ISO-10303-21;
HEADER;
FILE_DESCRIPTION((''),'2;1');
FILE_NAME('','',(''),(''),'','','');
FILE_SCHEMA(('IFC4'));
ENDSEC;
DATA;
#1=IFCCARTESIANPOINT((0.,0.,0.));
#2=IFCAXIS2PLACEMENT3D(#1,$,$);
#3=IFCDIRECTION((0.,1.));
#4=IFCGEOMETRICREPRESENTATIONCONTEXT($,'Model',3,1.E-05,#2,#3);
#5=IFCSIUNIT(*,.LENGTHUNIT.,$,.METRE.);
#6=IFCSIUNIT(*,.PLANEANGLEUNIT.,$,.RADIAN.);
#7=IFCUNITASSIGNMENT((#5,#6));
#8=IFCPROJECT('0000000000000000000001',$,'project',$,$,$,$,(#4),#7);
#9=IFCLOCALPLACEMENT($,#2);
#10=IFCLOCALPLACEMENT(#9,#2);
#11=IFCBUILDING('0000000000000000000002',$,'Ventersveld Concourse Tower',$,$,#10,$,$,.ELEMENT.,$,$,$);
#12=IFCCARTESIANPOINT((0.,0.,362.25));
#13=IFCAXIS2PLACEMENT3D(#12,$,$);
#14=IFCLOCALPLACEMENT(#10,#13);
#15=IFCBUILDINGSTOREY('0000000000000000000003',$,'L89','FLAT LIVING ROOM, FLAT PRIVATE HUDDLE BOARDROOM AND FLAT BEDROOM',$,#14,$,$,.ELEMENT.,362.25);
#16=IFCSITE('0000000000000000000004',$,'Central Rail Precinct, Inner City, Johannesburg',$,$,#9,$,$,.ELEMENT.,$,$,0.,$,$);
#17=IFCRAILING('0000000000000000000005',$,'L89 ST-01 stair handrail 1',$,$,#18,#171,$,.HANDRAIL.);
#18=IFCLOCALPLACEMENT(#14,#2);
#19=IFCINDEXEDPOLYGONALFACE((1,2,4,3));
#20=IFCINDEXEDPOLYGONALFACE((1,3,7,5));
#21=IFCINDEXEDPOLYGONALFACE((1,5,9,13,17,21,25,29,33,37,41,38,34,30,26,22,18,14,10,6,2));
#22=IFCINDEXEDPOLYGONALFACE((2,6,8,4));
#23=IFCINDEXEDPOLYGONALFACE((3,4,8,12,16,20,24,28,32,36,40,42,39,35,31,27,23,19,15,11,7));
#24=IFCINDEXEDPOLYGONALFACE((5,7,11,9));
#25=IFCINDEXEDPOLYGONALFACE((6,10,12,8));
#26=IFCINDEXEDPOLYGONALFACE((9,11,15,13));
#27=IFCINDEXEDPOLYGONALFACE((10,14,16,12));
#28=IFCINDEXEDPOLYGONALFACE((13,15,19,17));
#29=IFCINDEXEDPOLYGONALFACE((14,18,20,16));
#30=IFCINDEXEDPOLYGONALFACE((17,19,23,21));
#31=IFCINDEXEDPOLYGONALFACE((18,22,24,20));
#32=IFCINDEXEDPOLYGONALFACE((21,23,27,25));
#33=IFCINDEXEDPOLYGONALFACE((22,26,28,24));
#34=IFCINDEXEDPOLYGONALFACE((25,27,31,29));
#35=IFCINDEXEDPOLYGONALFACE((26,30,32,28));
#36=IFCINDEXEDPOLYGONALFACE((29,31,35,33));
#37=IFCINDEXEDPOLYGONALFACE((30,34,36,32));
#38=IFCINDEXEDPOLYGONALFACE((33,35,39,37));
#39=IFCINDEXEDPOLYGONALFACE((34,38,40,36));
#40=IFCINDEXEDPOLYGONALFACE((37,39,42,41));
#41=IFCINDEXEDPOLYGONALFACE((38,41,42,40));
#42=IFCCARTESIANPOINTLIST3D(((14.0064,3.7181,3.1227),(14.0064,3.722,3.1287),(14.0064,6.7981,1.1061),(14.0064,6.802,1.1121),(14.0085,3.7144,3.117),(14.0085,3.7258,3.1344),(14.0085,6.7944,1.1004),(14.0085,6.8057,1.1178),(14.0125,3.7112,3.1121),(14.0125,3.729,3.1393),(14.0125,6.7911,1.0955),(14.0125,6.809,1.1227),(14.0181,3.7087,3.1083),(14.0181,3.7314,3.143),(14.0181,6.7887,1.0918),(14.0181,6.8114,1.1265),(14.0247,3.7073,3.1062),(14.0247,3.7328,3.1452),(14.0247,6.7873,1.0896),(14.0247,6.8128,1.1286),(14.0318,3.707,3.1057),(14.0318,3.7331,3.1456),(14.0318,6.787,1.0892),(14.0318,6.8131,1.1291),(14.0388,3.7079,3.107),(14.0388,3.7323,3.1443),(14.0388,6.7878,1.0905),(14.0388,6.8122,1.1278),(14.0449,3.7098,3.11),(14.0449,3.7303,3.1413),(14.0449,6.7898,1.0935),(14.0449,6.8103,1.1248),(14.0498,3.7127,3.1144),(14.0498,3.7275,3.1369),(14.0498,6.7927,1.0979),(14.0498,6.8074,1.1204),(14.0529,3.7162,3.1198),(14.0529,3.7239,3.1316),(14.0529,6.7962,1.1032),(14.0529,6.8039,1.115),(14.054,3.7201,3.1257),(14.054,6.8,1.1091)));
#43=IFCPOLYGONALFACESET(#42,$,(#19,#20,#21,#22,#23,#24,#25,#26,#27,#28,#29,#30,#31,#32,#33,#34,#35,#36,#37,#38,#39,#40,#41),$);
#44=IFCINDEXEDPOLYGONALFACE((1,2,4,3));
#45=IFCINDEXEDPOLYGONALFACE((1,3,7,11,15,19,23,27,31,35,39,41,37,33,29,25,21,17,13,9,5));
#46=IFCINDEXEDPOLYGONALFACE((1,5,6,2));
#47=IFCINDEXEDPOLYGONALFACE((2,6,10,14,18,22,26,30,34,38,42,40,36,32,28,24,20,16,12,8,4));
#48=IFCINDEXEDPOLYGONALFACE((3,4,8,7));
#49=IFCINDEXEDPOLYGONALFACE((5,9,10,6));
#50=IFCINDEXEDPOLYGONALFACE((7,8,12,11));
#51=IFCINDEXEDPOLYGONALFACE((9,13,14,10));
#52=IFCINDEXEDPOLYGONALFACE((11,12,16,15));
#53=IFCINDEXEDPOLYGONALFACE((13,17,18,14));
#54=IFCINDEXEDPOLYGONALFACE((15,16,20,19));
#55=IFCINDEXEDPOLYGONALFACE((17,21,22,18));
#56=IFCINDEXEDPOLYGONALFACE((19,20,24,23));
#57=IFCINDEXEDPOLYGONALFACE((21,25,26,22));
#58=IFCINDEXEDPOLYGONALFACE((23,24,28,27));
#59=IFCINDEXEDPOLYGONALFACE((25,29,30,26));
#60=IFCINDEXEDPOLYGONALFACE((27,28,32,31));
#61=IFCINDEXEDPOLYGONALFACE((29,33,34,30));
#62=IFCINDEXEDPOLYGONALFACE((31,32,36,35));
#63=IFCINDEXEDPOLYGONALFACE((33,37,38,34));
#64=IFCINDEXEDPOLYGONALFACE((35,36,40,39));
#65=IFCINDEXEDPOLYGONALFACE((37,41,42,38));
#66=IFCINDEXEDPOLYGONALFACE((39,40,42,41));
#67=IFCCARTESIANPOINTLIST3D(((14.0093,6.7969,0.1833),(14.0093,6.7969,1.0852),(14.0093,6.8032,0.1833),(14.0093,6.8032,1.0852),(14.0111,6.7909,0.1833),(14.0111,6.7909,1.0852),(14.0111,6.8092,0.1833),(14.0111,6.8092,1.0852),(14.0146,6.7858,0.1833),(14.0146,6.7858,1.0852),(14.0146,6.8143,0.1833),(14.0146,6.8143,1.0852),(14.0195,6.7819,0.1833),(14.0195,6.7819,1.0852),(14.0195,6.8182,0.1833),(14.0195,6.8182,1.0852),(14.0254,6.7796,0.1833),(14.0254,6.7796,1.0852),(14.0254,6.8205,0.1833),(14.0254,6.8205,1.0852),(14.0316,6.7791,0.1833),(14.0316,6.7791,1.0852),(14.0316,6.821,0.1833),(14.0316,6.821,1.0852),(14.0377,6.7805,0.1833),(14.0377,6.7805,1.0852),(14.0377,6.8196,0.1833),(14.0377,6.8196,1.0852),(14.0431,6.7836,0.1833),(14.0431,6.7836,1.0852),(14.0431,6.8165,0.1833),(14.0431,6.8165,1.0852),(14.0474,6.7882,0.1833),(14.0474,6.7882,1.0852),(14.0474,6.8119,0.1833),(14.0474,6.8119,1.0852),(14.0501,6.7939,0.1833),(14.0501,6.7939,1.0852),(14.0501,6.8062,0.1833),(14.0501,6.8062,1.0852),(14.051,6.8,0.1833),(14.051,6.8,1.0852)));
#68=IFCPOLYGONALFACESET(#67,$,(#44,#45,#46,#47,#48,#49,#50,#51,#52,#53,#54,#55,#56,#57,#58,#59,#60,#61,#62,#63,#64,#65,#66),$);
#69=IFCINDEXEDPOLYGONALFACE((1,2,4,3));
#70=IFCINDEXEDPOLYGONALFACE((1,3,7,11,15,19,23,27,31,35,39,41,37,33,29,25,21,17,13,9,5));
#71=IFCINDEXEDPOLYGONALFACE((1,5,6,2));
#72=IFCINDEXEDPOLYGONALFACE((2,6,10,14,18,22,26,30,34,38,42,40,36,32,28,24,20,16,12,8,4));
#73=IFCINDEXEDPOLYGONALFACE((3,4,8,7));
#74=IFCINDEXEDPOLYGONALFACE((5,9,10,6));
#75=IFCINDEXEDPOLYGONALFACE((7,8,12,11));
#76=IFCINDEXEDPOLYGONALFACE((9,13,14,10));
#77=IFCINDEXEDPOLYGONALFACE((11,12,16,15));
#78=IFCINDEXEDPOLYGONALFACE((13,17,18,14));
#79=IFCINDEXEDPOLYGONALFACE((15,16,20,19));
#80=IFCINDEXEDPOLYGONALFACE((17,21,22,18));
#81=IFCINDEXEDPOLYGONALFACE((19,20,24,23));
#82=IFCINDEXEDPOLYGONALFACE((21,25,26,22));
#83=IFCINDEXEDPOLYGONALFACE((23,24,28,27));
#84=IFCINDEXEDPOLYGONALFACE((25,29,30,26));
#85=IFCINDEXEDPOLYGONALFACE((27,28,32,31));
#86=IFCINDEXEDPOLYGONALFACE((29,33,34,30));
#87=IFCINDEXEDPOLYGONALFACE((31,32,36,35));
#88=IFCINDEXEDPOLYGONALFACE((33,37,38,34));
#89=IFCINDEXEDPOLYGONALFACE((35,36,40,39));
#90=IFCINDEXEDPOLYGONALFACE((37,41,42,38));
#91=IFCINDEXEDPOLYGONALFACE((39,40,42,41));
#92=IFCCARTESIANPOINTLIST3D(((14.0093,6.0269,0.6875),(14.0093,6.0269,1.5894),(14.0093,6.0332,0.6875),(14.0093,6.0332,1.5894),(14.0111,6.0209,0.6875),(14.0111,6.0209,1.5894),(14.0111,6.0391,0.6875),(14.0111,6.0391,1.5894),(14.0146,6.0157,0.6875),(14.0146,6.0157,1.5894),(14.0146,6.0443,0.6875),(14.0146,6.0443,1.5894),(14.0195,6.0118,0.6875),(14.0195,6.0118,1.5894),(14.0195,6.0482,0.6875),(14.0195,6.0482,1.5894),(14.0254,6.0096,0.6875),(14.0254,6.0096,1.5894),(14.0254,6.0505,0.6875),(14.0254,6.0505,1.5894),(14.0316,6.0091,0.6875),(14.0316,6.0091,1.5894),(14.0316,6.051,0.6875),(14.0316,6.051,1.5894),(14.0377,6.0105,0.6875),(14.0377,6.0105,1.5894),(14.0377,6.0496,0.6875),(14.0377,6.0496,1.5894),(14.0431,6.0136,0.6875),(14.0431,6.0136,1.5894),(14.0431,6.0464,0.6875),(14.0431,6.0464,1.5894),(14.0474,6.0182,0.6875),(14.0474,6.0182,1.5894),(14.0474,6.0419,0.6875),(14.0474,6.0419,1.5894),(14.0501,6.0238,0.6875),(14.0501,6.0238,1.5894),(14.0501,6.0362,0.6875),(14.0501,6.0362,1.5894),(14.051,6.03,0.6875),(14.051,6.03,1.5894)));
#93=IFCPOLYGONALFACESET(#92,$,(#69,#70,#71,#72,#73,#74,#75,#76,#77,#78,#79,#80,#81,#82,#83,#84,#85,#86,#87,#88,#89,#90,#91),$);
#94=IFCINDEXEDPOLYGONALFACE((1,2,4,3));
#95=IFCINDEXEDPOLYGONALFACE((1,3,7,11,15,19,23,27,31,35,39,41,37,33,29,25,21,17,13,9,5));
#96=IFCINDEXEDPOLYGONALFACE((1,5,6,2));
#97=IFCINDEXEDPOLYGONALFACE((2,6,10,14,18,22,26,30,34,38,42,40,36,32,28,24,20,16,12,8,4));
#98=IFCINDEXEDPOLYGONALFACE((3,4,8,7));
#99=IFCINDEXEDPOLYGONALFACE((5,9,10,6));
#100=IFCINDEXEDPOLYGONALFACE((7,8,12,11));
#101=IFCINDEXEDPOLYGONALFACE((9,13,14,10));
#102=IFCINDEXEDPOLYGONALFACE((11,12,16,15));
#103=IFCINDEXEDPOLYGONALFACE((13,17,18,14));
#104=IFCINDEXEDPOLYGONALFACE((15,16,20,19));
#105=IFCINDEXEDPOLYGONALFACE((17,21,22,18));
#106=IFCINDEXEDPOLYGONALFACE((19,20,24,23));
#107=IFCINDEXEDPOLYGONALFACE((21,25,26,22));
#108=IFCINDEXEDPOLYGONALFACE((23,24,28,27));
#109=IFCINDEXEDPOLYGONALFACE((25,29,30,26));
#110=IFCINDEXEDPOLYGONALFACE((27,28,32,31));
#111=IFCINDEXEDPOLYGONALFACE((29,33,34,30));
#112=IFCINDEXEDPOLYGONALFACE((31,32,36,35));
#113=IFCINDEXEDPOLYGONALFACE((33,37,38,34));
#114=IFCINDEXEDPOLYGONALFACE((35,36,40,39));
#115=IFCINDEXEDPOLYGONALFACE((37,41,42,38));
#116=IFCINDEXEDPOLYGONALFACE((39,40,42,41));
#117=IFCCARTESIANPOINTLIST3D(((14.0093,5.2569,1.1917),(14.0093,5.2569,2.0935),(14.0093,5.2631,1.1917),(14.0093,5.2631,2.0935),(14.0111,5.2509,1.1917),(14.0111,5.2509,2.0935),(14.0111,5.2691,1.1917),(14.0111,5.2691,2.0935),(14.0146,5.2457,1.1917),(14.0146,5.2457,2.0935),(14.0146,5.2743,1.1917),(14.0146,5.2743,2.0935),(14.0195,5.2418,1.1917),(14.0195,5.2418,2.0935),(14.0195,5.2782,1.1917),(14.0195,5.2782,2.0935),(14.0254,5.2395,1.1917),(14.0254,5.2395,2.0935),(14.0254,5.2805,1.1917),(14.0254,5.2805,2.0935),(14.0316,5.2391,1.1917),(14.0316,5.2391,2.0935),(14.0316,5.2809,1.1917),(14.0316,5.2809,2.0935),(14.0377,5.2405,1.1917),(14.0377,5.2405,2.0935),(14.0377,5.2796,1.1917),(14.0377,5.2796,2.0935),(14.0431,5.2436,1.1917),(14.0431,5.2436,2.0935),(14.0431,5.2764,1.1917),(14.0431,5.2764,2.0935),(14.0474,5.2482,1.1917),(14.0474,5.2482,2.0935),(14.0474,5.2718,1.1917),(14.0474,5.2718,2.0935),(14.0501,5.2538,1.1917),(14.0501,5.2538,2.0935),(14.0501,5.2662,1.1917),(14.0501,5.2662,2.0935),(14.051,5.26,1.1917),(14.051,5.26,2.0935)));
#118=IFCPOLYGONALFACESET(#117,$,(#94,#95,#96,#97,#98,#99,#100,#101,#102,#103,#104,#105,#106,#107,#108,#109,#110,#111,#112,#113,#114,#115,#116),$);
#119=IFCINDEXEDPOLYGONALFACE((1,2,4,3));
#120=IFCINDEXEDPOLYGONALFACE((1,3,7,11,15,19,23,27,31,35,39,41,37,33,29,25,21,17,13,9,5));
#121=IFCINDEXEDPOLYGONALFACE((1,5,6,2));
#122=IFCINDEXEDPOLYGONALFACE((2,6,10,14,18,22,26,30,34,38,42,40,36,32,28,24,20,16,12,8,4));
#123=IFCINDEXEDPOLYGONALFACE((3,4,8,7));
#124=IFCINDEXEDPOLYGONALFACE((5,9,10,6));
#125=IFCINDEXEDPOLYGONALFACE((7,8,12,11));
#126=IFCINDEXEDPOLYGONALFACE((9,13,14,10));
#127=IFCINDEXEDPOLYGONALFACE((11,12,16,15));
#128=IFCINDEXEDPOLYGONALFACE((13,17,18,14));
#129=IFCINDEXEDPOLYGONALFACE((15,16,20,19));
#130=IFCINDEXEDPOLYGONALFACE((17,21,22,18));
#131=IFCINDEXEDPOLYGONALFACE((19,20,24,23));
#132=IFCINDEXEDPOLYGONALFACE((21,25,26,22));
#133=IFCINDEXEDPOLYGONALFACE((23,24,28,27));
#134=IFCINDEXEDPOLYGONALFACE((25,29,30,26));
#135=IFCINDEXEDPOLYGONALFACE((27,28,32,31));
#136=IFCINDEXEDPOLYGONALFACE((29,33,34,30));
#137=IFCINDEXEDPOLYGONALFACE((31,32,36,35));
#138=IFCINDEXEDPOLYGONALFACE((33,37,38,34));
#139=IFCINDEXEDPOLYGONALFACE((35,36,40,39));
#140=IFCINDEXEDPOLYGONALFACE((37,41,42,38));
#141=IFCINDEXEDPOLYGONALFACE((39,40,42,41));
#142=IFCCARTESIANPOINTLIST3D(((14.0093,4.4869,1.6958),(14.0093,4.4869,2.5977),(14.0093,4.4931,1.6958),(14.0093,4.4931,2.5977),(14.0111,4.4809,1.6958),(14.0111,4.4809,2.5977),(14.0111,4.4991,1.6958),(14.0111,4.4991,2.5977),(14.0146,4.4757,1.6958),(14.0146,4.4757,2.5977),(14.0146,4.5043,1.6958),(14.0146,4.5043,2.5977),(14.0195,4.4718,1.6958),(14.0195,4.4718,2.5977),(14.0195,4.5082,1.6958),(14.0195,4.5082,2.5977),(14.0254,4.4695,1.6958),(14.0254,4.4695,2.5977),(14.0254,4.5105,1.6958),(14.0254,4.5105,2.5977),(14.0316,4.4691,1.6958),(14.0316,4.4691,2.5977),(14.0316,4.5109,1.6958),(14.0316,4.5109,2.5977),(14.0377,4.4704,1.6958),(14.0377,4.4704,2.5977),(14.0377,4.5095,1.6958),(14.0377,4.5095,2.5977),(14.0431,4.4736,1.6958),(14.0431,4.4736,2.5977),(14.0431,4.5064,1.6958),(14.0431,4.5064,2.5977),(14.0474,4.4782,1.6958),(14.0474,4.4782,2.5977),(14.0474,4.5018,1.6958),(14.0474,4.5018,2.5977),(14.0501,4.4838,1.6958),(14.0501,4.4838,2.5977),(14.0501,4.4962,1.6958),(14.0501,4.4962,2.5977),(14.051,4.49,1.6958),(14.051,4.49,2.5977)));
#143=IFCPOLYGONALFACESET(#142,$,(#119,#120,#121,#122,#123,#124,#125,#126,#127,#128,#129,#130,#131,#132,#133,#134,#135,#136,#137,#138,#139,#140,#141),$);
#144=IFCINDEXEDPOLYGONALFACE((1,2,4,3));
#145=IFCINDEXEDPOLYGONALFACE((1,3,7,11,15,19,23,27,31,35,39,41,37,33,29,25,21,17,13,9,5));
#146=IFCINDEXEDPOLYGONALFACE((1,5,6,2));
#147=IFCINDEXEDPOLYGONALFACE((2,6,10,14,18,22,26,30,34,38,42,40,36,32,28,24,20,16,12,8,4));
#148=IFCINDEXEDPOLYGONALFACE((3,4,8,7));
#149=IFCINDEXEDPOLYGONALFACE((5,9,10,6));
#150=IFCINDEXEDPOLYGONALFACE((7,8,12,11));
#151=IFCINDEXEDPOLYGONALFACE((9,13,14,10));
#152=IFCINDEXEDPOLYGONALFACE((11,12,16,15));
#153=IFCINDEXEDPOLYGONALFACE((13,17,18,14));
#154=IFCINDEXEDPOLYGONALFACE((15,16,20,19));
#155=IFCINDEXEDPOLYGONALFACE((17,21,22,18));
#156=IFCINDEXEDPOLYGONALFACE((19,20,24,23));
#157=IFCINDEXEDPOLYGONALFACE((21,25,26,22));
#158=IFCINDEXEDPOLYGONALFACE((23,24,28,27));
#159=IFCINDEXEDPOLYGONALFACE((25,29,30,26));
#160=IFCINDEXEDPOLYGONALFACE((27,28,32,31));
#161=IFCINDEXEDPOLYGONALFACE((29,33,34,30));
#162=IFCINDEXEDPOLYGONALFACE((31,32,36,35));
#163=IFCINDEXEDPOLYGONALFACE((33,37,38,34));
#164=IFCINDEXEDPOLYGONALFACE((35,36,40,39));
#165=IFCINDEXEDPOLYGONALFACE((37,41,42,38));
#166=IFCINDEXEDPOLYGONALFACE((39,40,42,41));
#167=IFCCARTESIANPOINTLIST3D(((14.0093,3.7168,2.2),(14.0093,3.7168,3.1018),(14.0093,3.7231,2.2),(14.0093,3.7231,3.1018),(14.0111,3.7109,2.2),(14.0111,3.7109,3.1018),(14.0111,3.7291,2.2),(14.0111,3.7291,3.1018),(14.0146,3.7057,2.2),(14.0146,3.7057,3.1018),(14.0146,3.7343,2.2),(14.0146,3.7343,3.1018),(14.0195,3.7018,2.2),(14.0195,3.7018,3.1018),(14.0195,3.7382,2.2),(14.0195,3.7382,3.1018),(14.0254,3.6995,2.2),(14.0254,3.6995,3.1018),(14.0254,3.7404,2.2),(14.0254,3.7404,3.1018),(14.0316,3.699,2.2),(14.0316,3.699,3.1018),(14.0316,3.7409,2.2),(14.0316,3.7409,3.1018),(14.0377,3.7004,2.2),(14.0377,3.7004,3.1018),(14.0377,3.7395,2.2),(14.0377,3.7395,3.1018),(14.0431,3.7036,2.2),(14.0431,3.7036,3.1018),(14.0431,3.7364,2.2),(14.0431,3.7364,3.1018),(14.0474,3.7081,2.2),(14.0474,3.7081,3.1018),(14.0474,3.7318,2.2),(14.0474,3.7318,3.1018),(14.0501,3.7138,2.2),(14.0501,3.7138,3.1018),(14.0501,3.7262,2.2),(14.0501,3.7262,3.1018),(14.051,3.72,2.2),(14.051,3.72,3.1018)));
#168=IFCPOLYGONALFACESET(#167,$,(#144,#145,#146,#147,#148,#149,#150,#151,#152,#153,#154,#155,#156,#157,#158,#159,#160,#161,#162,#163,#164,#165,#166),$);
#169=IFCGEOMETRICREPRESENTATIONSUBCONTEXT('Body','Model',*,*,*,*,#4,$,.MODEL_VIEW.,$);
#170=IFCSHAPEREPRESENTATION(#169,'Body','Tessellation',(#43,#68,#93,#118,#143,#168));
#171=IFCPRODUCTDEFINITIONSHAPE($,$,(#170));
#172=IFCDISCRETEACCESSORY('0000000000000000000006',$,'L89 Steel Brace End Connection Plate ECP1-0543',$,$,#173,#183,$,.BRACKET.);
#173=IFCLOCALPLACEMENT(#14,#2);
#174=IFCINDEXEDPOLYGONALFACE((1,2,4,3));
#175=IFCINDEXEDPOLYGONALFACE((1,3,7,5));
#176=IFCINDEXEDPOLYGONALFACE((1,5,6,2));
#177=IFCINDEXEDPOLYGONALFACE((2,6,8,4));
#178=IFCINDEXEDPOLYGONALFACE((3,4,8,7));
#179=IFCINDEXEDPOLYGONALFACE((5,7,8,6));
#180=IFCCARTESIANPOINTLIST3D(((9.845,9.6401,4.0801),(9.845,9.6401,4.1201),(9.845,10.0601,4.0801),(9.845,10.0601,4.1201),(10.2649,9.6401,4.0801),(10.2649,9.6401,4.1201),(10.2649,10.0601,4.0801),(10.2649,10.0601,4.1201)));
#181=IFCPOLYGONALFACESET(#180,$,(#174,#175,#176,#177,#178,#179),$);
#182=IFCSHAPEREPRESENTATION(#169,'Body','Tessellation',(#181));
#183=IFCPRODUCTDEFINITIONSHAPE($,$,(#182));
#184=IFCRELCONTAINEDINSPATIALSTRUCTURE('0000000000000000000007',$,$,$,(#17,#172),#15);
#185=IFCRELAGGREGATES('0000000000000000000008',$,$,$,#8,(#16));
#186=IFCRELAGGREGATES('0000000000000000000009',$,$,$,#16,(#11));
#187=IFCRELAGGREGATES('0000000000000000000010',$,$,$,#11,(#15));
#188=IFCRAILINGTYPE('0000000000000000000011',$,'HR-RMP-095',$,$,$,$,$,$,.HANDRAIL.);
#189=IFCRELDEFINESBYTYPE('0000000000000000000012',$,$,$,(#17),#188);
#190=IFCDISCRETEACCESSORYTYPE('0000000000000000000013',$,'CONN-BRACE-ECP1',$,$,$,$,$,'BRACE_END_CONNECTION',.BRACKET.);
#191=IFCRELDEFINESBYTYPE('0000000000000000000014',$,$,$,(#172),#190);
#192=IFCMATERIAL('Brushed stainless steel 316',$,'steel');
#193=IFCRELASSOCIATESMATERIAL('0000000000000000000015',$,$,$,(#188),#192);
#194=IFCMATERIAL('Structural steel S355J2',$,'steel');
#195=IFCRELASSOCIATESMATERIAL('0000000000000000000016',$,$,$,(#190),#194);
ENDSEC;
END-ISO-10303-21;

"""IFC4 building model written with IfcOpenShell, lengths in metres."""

from ifc_helpers import new_model, si_unit, direction, frame, origin, origin_2d, place, context, subcontext, project, spatial, rectangle, circle, extrude, material, type_object, element, save


model = new_model("IFC4")

# Units and contexts
model_context = context("Model", 3, precision=1e-05, world=origin(), true_north=direction((0.0, 1.0)))
body_context = subcontext(model_context, "Body", "Model", "MODEL_VIEW")
ifc_project = project(units=[si_unit("LENGTHUNIT", "METRE"), si_unit("PLANEANGLEUNIT", "RADIAN")], contexts=[model_context])

# Site, building, storey
site_placement = place(None, origin())
site = spatial("IfcSite", under=ifc_project, at=site_placement, Name="Central Rail Precinct, Inner City, Johannesburg", CompositionType="ELEMENT", RefElevation=0.0)
building_placement = place(site_placement, origin())
building = spatial("IfcBuilding", under=site, at=building_placement, Name="Ventersveld Concourse Tower", CompositionType="ELEMENT")
storey_placement = place(building_placement, frame((0.0, 0.0, 362.25)))
storey = spatial("IfcBuildingStorey", under=building, at=storey_placement, Name="L89", Description="FLAT LIVING ROOM, FLAT PRIVATE HUDDLE BOARDROOM AND FLAT BEDROOM", CompositionType="ELEMENT", Elevation=362.25)

# Shared definitions
ifc_material_1 = material(Name="Structural steel S355J2", Category="steel")

# Railing
ifc_material_2 = material(Name="Brushed stainless steel 316", Category="steel")
railing_type = type_object("IfcRailingType", Name="HR-RMP-095", PredefinedType="HANDRAIL", material=ifc_material_2)
railing_placement = place(storey_placement, frame((14.03, 6.8, 0.1833)))
element("IfcRailing", 1, at=railing_placement, inside=storey, type_object=railing_type, Name="L89 ST-01 stair handrail 1", PredefinedType="HANDRAIL", context=body_context, shape_type="SweptSolid", body=[
    extrude(circle(Radius=0.0239, at=origin_2d()), frame((0.0, 0.0, 0.9258), z_axis=(0.0, -0.836633, 0.547764), x_axis=(1.0, 0.0, 0.0)), (0.0, 0.0, 1.0), 3.6814),
    extrude(circle(Radius=0.021, at=origin_2d()), origin(), (0.0, 0.0, 1.0), 0.9019),
    extrude(circle(Radius=0.021, at=origin_2d()), frame((0.0, -0.77, 0.5042)), (0.0, 0.0, 1.0), 0.9019),
    extrude(circle(Radius=0.021, at=origin_2d()), frame((0.0, -1.54, 1.0083)), (0.0, 0.0, 1.0), 0.9019),
    extrude(circle(Radius=0.021, at=origin_2d()), frame((0.0, -2.3101, 1.5125)), (0.0, 0.0, 1.0), 0.9019),
    extrude(circle(Radius=0.021, at=origin_2d()), frame((0.0, -3.0801, 2.0166)), (0.0, 0.0, 1.0), 0.9019),
])

# Discrete accessory
discrete_accessory_type = type_object("IfcDiscreteAccessoryType", Name="CONN-BRACE-ECP1", ElementType="BRACE_END_CONNECTION", PredefinedType="BRACKET", material=ifc_material_1)
discrete_accessory_placement = place(storey_placement, frame((10.0549, 9.8501, 4.0801), z_axis=(0.0, 0.0, 1.0), x_axis=(1.0, 0.0, 0.0)))
element("IfcDiscreteAccessory", 2, at=discrete_accessory_placement, inside=storey, type_object=discrete_accessory_type, Name="L89 Steel Brace End Connection Plate ECP1-0543", PredefinedType="BRACKET", context=body_context, shape_type="SweptSolid", body=[
    extrude(rectangle(XDim=0.4199, YDim=0.4199, at=origin_2d()), origin(), (0.0, 0.0, 1.0), 0.04),
])

save(model, "model.ifc")
